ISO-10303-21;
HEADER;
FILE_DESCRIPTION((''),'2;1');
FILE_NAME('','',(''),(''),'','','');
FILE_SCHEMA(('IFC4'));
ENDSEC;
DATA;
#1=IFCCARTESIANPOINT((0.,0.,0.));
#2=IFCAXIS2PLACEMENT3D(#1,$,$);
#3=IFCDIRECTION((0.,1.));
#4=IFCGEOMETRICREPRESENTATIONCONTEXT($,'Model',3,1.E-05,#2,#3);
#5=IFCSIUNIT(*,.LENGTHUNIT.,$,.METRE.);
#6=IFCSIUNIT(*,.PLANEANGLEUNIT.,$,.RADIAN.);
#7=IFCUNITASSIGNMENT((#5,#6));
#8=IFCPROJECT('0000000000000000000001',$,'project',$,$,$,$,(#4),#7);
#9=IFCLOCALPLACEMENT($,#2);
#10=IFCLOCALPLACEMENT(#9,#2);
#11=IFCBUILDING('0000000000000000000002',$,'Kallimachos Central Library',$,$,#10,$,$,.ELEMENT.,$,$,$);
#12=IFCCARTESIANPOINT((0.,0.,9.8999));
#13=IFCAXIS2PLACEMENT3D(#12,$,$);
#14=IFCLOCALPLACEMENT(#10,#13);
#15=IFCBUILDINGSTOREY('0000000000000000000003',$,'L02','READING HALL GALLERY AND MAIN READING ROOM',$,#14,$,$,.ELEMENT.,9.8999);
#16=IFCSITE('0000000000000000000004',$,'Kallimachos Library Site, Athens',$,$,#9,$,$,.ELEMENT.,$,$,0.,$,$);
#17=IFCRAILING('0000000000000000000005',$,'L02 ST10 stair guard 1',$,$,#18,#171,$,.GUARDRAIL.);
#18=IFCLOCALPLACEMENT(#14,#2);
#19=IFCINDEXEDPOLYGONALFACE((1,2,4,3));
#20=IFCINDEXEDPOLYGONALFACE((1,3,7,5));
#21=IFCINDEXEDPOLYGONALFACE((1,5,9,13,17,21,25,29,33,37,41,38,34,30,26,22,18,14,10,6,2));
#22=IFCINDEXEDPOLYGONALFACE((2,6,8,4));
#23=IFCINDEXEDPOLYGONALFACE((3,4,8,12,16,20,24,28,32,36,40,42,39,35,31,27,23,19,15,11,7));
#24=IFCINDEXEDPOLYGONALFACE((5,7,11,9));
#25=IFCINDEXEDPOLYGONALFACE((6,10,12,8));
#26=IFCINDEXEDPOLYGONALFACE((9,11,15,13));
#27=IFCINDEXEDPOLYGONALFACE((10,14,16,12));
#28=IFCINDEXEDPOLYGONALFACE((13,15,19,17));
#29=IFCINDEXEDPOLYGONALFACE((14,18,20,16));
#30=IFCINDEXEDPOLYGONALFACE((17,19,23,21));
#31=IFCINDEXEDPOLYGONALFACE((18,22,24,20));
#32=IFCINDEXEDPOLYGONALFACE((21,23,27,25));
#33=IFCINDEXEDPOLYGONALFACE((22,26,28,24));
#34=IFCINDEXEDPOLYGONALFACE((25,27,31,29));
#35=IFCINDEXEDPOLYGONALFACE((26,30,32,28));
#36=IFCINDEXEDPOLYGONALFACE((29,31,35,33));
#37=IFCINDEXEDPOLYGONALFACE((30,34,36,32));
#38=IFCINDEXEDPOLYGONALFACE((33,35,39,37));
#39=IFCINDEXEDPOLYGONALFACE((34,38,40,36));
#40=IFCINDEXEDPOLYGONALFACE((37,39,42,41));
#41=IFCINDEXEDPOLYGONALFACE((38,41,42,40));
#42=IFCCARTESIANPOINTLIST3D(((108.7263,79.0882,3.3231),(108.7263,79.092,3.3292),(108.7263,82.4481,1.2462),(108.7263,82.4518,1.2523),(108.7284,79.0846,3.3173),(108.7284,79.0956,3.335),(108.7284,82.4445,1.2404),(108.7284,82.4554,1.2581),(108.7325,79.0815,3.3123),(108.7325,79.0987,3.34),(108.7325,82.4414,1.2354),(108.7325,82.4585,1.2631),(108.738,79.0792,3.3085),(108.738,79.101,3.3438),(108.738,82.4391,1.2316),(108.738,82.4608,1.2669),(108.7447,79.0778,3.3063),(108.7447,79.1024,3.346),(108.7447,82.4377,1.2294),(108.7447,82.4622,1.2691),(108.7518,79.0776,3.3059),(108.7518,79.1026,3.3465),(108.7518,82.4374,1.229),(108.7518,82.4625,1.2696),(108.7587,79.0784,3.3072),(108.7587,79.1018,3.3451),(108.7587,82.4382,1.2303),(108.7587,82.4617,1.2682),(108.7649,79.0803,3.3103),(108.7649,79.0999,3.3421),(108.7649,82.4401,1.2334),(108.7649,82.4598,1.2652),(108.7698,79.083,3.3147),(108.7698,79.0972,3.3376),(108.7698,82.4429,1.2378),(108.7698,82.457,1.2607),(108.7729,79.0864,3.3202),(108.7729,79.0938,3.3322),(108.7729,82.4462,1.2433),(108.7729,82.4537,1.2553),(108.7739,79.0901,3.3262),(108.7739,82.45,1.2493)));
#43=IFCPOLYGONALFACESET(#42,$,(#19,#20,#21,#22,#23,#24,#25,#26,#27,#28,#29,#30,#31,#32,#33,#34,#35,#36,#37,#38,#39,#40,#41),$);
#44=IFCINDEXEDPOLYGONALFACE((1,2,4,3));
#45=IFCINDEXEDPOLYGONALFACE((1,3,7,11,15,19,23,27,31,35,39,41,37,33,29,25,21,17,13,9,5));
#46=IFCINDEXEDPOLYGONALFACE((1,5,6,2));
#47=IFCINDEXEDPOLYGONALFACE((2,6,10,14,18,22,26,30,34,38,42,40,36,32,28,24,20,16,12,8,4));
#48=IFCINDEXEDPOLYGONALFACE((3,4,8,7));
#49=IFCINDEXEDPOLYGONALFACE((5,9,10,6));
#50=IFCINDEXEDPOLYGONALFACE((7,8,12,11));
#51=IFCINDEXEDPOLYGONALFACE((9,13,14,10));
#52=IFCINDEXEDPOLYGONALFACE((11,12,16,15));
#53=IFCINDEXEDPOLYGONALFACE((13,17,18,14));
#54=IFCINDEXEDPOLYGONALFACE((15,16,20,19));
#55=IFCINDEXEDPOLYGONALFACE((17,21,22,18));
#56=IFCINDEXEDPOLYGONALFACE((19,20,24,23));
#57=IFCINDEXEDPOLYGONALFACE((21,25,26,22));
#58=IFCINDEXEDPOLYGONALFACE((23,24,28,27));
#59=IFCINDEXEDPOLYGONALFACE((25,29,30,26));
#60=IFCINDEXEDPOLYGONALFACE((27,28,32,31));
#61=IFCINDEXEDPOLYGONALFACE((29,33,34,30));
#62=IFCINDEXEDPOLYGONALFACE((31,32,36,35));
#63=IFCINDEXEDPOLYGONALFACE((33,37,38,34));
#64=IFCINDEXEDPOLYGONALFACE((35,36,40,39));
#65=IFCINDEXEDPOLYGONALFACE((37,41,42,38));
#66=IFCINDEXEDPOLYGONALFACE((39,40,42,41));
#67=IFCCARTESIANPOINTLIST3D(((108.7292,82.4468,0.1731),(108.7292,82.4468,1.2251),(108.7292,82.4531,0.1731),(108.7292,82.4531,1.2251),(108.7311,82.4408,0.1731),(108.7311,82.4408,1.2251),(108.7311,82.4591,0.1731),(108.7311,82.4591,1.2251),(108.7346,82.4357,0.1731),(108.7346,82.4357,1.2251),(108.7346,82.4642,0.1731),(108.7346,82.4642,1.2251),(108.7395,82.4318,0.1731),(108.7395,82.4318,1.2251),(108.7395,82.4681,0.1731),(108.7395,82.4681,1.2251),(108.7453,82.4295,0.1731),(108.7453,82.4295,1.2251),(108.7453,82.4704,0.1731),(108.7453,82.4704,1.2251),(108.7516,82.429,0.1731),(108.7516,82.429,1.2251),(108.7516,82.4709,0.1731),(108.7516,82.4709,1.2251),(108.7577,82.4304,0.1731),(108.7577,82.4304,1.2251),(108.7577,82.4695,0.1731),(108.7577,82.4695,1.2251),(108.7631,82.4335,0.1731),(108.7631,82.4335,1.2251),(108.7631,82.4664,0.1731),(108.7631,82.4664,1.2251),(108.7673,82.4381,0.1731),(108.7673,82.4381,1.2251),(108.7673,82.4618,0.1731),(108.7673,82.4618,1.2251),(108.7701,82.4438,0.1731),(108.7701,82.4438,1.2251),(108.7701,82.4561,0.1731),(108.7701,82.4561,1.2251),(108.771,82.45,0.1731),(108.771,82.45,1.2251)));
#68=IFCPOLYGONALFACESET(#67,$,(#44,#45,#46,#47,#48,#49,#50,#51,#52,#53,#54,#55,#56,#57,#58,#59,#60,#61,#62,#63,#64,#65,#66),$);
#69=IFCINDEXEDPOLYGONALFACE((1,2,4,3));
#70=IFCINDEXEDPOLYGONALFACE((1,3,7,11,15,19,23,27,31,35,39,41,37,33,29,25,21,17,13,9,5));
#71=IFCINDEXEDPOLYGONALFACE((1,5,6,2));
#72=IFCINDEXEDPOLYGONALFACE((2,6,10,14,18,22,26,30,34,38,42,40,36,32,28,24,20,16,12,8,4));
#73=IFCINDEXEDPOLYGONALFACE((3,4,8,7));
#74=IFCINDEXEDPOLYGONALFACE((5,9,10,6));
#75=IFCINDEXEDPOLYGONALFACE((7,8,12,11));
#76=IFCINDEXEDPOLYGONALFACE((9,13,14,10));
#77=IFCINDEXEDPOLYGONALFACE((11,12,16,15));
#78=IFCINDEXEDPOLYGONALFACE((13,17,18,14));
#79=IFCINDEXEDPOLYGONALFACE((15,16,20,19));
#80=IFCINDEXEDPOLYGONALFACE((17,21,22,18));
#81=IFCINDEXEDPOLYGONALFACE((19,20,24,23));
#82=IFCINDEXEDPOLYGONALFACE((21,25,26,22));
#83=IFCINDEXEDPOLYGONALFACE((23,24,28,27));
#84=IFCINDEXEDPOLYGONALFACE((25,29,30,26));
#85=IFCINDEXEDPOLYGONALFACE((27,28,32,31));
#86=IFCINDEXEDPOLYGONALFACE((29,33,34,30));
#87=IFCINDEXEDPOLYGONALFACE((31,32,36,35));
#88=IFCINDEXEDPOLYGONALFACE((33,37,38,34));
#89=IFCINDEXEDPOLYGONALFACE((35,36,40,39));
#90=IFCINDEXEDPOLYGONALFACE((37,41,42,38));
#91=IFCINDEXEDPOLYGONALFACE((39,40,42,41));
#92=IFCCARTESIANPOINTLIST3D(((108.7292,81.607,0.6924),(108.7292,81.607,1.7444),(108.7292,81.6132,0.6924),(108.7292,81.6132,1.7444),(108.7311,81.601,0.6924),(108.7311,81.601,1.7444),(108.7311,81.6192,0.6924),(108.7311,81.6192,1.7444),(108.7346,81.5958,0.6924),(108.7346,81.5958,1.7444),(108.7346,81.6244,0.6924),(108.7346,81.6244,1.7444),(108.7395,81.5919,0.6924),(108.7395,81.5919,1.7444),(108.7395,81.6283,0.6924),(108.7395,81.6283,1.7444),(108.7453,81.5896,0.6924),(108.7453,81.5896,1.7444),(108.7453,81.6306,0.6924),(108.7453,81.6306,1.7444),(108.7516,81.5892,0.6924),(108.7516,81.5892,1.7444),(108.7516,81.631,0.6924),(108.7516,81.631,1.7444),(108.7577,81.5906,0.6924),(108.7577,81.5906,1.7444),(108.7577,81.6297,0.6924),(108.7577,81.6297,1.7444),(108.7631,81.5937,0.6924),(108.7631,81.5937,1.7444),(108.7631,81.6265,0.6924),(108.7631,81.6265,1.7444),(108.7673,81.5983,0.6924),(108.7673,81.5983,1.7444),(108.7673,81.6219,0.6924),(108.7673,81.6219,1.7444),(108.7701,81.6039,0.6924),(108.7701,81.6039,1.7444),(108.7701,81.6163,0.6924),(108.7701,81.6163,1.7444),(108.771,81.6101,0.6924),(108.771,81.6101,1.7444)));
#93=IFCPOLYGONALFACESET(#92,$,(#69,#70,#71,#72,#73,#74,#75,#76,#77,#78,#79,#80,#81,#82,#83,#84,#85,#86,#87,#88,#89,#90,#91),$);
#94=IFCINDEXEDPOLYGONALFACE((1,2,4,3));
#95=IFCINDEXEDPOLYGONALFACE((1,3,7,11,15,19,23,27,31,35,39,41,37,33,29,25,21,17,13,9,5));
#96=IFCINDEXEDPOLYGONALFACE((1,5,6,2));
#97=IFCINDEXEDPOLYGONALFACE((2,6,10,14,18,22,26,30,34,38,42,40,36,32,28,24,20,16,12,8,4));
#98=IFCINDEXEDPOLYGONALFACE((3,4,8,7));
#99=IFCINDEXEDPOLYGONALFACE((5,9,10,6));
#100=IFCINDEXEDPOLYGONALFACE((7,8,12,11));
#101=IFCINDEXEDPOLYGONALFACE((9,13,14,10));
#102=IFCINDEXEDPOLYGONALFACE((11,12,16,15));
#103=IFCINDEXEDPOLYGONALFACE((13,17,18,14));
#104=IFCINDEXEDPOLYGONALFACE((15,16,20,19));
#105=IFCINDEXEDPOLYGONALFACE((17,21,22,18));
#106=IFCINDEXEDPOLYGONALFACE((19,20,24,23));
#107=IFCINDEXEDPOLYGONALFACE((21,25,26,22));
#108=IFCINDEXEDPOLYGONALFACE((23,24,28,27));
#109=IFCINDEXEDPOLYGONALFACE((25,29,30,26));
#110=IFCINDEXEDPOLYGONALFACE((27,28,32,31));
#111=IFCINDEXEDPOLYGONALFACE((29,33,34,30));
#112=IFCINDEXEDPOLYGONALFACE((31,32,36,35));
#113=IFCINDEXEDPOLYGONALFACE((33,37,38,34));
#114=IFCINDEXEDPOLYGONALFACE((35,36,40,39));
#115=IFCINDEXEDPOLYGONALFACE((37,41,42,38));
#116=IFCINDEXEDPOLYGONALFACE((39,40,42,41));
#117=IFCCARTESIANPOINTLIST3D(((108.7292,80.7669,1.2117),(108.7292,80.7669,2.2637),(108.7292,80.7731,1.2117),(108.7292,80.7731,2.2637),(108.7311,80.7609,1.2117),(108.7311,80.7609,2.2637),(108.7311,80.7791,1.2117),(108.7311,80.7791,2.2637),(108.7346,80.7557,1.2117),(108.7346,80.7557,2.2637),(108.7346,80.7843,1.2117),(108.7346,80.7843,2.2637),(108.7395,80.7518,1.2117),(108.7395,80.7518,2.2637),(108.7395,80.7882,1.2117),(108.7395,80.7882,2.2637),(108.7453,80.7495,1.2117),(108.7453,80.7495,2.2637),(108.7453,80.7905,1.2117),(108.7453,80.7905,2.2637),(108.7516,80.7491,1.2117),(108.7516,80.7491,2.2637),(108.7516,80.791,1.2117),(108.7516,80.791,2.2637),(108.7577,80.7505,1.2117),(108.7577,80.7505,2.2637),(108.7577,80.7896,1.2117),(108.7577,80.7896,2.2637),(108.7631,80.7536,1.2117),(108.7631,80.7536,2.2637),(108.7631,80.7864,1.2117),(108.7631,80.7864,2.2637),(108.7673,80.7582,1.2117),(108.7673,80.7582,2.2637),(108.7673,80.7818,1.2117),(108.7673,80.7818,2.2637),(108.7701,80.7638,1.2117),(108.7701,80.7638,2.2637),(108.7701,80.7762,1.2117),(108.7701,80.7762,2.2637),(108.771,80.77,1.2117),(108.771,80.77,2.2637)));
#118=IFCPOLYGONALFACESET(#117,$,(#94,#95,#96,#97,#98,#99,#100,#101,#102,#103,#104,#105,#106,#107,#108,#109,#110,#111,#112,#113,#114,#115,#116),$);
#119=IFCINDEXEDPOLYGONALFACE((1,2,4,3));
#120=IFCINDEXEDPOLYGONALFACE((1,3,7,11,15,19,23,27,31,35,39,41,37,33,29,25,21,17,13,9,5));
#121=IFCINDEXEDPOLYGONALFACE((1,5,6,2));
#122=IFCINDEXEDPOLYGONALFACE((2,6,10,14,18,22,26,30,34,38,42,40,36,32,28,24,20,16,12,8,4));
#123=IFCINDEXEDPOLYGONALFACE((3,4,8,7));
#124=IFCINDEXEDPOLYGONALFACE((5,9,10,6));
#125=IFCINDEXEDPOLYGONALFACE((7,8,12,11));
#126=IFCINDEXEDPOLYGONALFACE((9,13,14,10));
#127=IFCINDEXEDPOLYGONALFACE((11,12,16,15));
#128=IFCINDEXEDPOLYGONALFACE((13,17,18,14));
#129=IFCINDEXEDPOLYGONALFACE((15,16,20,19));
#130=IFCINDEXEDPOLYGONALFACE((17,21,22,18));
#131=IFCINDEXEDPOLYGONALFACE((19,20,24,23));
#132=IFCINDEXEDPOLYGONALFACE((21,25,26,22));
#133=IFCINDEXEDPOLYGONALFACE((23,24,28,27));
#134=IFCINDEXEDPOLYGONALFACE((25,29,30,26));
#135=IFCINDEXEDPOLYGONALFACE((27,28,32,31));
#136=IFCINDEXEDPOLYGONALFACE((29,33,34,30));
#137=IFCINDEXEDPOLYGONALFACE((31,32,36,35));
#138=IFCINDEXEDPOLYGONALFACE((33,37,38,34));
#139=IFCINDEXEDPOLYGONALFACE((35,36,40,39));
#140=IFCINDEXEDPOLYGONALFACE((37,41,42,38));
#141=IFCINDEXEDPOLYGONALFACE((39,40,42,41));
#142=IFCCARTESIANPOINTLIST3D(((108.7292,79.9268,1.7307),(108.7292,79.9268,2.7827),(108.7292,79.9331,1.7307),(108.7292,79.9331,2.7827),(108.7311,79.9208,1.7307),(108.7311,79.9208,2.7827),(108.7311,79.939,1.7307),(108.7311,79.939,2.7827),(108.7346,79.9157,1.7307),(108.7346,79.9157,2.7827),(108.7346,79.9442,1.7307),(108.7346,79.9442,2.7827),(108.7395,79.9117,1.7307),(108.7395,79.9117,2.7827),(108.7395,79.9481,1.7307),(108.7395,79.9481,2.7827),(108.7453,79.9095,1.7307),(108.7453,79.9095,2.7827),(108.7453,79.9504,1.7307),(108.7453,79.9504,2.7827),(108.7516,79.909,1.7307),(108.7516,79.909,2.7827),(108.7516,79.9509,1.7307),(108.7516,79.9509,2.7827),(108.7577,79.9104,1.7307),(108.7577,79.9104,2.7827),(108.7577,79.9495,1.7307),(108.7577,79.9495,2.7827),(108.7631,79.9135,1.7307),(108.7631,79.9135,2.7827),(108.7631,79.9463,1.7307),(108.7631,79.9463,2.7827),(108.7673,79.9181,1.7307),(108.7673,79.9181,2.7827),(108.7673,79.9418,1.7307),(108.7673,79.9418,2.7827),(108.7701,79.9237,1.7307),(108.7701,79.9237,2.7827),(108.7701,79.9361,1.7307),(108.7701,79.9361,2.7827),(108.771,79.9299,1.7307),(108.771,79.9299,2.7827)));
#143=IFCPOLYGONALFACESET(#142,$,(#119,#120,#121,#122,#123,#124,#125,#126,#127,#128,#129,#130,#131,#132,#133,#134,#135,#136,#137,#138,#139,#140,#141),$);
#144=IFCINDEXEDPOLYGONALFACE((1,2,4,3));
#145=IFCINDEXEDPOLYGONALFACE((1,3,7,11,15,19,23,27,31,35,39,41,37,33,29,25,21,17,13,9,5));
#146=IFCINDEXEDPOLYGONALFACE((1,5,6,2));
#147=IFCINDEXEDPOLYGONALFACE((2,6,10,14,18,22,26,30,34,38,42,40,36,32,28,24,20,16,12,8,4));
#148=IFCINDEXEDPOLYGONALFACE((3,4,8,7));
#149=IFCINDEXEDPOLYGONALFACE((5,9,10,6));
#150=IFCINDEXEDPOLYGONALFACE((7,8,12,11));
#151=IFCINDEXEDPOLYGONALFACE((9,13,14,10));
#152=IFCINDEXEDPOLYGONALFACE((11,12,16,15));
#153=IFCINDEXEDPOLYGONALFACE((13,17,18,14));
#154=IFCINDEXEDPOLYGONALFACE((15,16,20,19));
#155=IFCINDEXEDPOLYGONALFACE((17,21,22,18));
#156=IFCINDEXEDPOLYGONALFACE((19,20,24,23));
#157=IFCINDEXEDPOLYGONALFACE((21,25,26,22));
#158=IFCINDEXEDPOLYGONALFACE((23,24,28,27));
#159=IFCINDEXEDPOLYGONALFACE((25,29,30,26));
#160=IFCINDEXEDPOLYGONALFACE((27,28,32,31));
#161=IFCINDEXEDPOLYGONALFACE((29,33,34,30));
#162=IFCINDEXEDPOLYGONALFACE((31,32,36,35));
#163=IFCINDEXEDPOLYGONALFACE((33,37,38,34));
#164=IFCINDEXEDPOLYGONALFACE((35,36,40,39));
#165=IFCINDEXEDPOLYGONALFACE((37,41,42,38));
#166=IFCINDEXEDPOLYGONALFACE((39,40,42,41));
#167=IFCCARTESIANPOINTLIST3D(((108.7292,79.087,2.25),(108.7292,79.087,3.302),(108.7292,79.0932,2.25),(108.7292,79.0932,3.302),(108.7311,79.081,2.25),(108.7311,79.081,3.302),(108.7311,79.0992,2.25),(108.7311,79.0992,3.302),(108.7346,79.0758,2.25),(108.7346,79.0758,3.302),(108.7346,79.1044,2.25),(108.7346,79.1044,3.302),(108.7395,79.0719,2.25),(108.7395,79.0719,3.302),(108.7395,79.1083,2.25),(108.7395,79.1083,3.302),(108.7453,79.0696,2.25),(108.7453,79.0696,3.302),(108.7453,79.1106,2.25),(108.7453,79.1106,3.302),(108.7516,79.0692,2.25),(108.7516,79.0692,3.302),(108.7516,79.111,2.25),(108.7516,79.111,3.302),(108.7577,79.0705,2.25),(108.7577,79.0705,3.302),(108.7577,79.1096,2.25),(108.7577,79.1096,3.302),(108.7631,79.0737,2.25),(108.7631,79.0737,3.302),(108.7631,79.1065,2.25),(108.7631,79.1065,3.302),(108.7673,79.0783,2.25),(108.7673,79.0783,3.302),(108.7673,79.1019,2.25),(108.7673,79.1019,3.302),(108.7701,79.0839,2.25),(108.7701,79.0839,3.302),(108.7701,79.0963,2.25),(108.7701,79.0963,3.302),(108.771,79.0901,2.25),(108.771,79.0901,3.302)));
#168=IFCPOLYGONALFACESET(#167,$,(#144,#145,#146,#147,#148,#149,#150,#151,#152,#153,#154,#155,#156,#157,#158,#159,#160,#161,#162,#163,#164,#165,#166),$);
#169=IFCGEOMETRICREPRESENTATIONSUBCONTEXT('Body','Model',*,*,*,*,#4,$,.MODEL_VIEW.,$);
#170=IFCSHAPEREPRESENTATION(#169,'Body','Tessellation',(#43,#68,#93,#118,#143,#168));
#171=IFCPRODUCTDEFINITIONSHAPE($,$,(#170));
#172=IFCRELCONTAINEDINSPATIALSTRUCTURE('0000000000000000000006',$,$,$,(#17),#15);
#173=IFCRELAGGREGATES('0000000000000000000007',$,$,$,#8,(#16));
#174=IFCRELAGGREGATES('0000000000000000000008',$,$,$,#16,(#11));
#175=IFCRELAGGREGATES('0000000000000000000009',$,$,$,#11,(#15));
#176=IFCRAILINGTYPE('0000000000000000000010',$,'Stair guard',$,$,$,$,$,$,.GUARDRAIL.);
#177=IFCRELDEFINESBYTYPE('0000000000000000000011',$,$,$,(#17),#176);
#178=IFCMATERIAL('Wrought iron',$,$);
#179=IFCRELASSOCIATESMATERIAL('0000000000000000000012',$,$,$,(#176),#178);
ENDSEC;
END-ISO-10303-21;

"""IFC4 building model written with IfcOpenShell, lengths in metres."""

from ifc_helpers import new_model, si_unit, direction, frame, origin, origin_2d, place, context, subcontext, project, spatial, circle, extrude, material, type_object, element, save


model = new_model("IFC4")

# Units and contexts
model_context = context("Model", 3, precision=1e-05, world=origin(), true_north=direction((0.0, 1.0)))
body_context = subcontext(model_context, "Body", "Model", "MODEL_VIEW")
ifc_project = project(units=[si_unit("LENGTHUNIT", "METRE"), si_unit("PLANEANGLEUNIT", "RADIAN")], contexts=[model_context])

# Site, building, storey
site_placement = place(None, origin())
site = spatial("IfcSite", under=ifc_project, at=site_placement, Name="Kallimachos Library Site, Athens", CompositionType="ELEMENT", RefElevation=0.0)
building_placement = place(site_placement, origin())
building = spatial("IfcBuilding", under=site, at=building_placement, Name="Kallimachos Central Library", CompositionType="ELEMENT")
storey_placement = place(building_placement, frame((0.0, 0.0, 9.8999)))
storey = spatial("IfcBuildingStorey", under=building, at=storey_placement, Name="L02", Description="READING HALL GALLERY AND MAIN READING ROOM", CompositionType="ELEMENT", Elevation=9.8999)

# Railing
ifc_material_1 = material(Name="Wrought iron")
railing_type_1 = type_object("IfcRailingType", Name="Stair guard", PredefinedType="GUARDRAIL", material=ifc_material_1)
railing_1_placement = place(storey_placement, frame((108.75, 82.45, 0.1731)))
element("IfcRailing", 1, at=railing_1_placement, inside=storey, type_object=railing_type_1, Name="L02 ST10 stair guard 1", PredefinedType="GUARDRAIL", context=body_context, shape_type="SweptSolid", body=[
    extrude(circle(Radius=0.0239, at=origin_2d()), frame((0.0, 0.0, 1.0762), z_axis=(0.0, -0.850606, 0.525803), x_axis=(1.0, 0.0, 0.0)), (0.0, 0.0, 1.0), 3.95),
    extrude(circle(Radius=0.021, at=origin_2d()), origin(), (0.0, 0.0, 1.0), 1.052),
    extrude(circle(Radius=0.021, at=origin_2d()), frame((0.0, -0.8398, 0.5193)), (0.0, 0.0, 1.0), 1.052),
    extrude(circle(Radius=0.021, at=origin_2d()), frame((0.0, -1.6799, 1.0386)), (0.0, 0.0, 1.0), 1.052),
    extrude(circle(Radius=0.021, at=origin_2d()), frame((0.0, -2.52, 1.5576)), (0.0, 0.0, 1.0), 1.052),
    extrude(circle(Radius=0.021, at=origin_2d()), frame((0.0, -3.3599, 2.0769)), (0.0, 0.0, 1.0), 1.052),
])

save(model, "model.ifc")
